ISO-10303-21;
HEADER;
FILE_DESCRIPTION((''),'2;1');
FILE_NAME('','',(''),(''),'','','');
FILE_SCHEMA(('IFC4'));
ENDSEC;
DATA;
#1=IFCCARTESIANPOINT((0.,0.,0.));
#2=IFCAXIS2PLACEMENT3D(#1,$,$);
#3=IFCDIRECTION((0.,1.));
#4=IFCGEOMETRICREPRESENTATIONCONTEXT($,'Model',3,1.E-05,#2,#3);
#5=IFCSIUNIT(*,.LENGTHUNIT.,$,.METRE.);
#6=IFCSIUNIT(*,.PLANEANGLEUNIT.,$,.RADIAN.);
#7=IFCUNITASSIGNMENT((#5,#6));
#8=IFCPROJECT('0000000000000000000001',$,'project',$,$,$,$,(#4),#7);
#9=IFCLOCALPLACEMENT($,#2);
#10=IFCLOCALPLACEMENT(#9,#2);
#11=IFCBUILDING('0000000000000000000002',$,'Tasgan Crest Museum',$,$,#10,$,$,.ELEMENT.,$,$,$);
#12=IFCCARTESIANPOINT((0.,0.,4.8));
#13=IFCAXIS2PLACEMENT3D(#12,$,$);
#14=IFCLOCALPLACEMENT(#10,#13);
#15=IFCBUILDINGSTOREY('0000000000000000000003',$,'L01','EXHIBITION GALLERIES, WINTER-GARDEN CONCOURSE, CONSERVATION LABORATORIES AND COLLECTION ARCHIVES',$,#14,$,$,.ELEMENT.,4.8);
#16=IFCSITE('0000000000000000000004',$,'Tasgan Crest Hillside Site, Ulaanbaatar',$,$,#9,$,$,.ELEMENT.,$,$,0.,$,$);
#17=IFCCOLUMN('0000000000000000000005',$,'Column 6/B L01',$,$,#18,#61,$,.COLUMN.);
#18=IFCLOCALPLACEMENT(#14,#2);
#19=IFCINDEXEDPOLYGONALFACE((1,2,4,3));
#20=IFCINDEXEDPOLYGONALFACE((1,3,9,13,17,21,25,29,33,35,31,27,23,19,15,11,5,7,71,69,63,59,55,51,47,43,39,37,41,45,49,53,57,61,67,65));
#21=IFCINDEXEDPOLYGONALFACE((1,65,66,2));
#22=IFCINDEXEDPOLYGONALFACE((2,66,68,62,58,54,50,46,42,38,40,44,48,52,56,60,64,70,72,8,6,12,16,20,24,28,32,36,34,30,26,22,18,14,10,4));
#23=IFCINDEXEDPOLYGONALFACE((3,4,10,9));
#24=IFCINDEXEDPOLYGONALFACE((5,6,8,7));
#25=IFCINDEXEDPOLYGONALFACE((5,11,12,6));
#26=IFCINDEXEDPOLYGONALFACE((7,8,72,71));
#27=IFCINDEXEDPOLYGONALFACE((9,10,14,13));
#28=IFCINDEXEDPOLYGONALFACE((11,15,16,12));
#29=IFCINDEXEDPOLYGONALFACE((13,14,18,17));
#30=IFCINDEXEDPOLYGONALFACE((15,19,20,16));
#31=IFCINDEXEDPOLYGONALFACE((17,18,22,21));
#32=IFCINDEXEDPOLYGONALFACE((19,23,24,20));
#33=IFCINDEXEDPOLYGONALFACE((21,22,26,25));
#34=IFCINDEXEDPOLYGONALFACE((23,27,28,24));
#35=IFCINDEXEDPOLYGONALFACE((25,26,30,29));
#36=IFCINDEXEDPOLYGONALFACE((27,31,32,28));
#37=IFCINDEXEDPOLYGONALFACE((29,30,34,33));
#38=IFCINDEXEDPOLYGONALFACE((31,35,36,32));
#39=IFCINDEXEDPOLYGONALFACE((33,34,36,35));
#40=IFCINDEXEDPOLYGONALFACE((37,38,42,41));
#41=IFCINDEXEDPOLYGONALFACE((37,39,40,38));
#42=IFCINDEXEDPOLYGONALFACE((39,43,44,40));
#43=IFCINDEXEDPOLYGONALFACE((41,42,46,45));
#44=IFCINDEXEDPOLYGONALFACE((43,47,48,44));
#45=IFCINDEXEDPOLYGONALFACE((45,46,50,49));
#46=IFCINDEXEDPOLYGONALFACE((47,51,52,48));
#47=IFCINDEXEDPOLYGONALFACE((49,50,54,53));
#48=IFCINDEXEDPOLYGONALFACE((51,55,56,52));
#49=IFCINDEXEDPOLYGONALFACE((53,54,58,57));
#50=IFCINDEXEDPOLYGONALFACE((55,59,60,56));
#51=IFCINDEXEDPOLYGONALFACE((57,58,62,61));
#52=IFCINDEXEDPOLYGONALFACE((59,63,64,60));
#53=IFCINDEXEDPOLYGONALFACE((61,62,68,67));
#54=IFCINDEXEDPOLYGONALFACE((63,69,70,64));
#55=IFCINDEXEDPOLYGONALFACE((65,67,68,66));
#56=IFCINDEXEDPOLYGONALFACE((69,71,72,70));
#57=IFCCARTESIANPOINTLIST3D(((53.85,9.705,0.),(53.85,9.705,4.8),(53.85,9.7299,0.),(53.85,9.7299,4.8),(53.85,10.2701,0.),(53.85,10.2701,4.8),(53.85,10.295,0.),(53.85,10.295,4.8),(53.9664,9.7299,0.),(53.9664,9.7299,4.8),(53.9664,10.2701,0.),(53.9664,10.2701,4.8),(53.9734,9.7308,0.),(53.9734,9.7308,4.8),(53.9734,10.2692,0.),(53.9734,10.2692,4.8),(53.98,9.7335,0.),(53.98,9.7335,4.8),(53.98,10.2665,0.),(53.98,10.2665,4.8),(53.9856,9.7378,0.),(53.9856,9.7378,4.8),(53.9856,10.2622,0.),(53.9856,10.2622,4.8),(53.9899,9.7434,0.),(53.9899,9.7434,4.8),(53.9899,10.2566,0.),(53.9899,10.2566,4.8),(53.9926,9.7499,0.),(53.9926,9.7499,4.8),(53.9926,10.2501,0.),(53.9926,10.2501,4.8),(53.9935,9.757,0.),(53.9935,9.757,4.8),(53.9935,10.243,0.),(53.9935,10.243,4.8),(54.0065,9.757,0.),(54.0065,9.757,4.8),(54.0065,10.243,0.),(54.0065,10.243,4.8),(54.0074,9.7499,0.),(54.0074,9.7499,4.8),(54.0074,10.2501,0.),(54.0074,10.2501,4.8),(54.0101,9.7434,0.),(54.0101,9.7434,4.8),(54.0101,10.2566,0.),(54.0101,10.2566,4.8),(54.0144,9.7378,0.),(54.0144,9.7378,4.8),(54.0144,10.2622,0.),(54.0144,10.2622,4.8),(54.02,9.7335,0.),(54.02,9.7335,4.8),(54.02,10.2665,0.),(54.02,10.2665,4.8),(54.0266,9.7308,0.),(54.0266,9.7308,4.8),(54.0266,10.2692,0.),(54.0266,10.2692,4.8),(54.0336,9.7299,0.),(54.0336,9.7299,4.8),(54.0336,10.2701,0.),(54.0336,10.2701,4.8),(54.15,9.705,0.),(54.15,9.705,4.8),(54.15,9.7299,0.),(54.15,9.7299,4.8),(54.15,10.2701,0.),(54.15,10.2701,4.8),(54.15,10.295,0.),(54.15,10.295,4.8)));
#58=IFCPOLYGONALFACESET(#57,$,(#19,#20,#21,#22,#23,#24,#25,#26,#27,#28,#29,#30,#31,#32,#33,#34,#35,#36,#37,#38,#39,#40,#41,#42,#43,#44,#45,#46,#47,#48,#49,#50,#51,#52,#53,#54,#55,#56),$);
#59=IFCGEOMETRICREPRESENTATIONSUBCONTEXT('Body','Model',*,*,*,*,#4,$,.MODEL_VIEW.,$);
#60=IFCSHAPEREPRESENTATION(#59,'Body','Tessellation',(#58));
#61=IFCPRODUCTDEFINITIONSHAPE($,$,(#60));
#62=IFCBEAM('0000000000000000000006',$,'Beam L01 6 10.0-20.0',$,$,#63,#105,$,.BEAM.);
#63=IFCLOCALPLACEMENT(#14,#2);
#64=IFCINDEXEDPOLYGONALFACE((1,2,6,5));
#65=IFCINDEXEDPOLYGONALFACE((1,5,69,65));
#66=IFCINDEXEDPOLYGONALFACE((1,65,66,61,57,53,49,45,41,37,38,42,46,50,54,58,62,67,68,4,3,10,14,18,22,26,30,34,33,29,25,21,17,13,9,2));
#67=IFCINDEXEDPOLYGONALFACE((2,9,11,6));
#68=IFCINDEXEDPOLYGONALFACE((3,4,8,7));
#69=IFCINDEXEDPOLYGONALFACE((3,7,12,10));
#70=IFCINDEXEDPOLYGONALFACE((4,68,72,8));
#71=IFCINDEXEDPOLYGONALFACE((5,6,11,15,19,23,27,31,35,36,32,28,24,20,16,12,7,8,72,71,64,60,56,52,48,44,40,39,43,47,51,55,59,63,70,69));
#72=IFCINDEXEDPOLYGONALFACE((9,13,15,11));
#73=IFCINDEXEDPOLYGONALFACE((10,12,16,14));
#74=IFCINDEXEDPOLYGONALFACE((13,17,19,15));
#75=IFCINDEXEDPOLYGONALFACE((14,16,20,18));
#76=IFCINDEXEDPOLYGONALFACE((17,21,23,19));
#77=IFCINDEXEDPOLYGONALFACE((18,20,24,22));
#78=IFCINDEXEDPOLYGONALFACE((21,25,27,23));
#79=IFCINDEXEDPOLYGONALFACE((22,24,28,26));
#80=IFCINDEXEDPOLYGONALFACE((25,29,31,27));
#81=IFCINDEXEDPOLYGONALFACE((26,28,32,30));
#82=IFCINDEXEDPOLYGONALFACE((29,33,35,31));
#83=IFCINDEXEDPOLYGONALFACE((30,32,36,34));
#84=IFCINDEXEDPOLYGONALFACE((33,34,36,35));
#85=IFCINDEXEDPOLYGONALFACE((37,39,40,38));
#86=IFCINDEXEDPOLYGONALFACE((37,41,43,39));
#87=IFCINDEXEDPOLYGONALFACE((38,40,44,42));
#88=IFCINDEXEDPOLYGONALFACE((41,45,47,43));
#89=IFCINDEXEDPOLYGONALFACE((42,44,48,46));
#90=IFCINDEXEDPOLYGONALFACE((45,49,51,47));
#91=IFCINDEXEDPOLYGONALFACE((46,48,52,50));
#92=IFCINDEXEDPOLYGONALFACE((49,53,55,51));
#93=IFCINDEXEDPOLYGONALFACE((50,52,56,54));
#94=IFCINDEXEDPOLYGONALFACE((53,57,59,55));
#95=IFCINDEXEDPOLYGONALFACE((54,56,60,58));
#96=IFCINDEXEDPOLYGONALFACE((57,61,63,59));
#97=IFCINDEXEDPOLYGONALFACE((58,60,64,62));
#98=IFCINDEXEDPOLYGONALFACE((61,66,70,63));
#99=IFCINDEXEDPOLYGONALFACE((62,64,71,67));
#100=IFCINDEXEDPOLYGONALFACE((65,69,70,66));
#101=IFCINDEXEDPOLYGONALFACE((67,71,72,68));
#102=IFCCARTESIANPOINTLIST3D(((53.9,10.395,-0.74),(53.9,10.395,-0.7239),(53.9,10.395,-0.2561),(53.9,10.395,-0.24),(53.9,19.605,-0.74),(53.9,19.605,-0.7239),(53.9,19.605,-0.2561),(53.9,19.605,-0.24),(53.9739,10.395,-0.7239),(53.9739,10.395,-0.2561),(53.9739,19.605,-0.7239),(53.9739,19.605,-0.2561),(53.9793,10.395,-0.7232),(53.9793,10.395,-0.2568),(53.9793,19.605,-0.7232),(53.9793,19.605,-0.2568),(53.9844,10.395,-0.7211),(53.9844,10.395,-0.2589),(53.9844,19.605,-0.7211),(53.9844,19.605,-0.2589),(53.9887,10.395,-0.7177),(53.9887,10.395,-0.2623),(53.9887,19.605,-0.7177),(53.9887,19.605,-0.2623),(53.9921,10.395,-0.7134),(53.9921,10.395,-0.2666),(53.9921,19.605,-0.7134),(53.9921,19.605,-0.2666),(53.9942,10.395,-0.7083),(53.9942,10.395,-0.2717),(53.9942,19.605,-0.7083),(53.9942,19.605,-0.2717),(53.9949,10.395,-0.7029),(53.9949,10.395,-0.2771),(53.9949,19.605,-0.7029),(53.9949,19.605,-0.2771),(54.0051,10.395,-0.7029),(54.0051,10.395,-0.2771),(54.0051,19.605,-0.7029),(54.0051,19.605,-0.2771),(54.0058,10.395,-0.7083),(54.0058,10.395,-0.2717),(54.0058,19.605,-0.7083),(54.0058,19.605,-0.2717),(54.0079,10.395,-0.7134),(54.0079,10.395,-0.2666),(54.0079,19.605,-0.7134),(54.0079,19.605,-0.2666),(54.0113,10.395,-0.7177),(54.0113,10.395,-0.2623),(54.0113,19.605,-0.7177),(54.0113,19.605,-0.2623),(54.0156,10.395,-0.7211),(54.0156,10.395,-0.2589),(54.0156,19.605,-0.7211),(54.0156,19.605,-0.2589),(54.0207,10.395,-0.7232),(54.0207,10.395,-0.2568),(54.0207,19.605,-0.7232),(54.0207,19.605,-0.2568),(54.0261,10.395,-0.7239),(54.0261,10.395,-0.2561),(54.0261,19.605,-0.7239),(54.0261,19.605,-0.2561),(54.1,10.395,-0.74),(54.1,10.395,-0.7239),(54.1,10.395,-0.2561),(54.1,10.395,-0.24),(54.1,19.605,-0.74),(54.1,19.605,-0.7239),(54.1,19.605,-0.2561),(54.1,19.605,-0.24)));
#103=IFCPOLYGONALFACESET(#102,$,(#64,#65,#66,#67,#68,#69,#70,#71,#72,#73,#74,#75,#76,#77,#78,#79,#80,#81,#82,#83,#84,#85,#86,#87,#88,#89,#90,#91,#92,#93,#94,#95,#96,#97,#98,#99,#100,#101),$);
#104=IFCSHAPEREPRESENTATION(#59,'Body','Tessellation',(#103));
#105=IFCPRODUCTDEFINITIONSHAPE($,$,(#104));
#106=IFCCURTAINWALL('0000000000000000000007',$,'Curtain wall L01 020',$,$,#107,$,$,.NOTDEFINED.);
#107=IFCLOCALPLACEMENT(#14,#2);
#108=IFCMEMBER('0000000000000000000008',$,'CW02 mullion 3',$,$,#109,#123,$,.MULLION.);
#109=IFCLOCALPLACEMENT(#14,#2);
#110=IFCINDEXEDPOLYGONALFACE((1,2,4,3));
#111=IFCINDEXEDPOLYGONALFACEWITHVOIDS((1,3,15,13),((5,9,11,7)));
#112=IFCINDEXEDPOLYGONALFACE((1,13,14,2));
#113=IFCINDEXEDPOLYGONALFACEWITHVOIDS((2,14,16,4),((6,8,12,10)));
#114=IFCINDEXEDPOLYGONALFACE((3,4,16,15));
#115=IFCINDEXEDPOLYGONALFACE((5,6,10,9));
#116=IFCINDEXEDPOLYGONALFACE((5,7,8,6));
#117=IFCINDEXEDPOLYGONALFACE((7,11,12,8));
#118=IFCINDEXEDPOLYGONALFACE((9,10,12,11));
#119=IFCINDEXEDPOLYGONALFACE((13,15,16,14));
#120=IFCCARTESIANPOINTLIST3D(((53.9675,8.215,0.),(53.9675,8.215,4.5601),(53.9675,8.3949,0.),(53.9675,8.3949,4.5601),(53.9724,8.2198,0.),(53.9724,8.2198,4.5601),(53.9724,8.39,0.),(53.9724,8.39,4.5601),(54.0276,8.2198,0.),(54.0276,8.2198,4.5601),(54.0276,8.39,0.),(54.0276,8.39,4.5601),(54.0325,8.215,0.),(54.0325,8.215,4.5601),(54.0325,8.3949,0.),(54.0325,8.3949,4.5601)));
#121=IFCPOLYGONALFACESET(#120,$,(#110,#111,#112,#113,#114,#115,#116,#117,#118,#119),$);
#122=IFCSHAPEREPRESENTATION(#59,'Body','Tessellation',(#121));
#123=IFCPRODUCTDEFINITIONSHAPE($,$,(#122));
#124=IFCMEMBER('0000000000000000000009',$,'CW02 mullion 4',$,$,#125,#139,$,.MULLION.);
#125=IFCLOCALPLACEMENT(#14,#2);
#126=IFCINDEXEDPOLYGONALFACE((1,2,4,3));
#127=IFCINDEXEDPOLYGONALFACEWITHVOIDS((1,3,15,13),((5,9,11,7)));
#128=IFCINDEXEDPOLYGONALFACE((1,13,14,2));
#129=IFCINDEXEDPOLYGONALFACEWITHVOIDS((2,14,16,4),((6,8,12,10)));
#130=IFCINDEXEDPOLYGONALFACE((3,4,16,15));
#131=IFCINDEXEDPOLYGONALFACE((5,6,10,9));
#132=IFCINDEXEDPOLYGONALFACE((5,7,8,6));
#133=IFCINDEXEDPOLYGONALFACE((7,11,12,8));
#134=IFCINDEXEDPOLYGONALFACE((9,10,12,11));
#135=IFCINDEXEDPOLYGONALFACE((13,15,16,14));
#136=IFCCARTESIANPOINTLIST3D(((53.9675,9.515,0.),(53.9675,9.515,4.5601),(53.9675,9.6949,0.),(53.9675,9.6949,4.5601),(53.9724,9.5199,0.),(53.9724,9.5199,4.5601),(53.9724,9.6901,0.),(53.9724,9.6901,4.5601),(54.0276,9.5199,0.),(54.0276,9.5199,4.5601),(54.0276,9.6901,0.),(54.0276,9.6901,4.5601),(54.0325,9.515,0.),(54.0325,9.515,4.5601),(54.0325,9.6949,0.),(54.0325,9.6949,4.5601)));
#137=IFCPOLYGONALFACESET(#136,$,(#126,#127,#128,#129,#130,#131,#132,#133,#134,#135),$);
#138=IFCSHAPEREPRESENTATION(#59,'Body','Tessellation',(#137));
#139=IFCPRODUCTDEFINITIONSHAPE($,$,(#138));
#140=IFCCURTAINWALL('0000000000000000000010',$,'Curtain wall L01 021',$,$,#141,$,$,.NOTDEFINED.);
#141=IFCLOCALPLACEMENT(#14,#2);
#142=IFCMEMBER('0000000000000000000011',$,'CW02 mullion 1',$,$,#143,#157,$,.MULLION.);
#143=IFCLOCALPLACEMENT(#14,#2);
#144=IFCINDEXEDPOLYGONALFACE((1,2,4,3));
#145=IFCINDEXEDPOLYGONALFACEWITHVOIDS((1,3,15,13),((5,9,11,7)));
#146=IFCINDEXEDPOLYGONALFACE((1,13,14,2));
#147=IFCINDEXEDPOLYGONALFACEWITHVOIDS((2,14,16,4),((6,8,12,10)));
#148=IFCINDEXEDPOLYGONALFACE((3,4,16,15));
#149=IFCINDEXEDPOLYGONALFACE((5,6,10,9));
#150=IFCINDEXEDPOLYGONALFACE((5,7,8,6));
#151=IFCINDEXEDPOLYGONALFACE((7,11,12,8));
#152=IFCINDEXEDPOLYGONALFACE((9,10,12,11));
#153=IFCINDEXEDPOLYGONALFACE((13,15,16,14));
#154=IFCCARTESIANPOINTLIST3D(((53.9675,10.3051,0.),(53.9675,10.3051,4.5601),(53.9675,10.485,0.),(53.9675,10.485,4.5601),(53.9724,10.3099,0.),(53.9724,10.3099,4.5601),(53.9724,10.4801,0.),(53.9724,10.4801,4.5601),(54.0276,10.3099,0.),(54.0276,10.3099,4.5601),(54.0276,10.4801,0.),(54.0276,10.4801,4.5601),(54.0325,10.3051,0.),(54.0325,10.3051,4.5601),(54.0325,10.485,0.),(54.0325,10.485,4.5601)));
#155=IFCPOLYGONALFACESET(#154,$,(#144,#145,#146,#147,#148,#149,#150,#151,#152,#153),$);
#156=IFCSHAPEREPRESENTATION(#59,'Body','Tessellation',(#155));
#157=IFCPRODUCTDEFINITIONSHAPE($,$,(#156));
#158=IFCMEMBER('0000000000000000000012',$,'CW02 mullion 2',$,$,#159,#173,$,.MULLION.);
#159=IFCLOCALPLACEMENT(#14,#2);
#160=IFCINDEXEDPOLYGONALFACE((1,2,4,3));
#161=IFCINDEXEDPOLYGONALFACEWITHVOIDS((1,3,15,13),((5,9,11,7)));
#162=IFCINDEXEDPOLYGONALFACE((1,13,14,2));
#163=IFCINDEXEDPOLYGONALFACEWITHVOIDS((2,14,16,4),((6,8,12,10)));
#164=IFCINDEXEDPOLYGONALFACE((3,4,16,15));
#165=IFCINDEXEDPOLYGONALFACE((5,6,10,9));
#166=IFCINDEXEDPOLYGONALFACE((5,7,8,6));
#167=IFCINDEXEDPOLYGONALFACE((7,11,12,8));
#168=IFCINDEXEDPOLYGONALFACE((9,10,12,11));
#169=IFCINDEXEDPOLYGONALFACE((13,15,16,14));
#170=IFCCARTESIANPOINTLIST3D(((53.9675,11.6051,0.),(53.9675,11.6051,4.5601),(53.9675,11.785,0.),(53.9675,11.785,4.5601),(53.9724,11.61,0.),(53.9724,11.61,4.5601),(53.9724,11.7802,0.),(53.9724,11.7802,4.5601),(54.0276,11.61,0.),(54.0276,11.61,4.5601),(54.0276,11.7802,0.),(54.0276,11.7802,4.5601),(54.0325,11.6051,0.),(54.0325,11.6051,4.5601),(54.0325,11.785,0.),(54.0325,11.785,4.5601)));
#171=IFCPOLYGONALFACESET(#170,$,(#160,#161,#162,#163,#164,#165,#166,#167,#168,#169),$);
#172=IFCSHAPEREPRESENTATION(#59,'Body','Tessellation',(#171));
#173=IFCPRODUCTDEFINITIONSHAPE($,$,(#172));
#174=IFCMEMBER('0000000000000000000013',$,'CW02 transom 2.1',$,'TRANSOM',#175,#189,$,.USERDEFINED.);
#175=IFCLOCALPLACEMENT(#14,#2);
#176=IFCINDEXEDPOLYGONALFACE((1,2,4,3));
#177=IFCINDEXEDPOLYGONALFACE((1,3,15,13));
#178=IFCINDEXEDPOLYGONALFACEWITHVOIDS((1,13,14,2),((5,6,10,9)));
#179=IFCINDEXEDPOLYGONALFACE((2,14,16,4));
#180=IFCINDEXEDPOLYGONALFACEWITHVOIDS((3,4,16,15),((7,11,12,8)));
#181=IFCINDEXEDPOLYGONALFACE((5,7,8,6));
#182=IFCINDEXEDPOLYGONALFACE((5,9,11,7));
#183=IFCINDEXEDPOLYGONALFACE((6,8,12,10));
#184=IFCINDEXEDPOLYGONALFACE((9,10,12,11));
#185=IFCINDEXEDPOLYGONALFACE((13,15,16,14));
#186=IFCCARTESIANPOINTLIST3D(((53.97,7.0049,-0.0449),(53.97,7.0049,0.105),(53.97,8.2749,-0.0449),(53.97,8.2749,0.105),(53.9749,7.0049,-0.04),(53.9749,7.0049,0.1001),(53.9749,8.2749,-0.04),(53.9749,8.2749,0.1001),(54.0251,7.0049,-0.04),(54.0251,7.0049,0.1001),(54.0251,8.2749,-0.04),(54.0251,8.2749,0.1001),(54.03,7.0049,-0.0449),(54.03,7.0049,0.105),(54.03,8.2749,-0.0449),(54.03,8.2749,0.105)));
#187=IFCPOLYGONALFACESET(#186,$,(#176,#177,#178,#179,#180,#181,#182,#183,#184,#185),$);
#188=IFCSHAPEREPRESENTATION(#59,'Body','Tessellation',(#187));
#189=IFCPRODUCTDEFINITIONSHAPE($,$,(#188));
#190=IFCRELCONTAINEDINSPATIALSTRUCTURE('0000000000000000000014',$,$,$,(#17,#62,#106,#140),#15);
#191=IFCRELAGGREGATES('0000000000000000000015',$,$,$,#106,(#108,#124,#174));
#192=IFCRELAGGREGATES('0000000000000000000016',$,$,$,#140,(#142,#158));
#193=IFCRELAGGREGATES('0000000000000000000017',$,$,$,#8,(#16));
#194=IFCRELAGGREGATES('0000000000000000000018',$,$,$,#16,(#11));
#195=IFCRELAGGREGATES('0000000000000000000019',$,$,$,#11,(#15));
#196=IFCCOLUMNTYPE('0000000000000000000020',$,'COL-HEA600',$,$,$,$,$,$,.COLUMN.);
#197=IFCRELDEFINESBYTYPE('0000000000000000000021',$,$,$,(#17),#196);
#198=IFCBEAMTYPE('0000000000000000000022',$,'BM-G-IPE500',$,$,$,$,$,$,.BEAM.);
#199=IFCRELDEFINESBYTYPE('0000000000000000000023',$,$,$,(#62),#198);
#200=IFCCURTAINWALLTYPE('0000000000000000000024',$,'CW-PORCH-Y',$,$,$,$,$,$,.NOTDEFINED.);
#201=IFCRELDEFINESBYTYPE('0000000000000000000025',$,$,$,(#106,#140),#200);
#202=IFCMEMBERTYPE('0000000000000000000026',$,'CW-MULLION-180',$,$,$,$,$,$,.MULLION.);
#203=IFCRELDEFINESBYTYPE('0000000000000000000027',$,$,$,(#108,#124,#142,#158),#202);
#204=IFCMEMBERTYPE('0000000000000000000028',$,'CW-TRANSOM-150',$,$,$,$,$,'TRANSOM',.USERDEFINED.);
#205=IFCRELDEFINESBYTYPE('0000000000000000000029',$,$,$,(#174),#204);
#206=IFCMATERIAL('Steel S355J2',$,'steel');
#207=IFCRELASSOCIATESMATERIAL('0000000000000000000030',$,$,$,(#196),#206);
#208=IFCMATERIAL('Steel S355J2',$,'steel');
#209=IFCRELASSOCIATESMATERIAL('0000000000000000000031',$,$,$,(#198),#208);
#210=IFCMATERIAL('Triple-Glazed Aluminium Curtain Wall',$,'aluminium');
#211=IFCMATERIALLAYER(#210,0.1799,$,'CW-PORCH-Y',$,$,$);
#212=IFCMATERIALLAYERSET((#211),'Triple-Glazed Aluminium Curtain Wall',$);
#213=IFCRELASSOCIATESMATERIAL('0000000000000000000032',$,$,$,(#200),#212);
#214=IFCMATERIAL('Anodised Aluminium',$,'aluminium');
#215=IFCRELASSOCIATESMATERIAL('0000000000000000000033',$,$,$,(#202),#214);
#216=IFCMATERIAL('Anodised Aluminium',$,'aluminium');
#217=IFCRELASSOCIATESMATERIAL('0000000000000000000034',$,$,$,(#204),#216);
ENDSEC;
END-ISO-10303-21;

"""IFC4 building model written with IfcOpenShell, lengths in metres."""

from ifc_helpers import new_model, si_unit, direction, frame, origin, origin_2d, place, context, subcontext, project, spatial, hollow_rectangle, i_section, extrude, material, layer, layer_set, material_profile, profile_set, type_object, element, aggregate, save


model = new_model("IFC4")

# Units and contexts
model_context = context("Model", 3, precision=1e-05, world=origin(), true_north=direction((0.0, 1.0)))
body_context = subcontext(model_context, "Body", "Model", "MODEL_VIEW")
ifc_project = project(units=[si_unit("LENGTHUNIT", "METRE"), si_unit("PLANEANGLEUNIT", "RADIAN")], contexts=[model_context])

# Site, building, storey
site_placement = place(None, origin())
site = spatial("IfcSite", under=ifc_project, at=site_placement, Name="Tasgan Crest Hillside Site, Ulaanbaatar", CompositionType="ELEMENT", RefElevation=0.0)
building_placement = place(site_placement, origin())
building = spatial("IfcBuilding", under=site, at=building_placement, Name="Tasgan Crest Museum", CompositionType="ELEMENT")
storey_placement = place(building_placement, frame((0.0, 0.0, 4.8)))
storey = spatial("IfcBuildingStorey", under=building, at=storey_placement, Name="L01", Description="EXHIBITION GALLERIES, WINTER-GARDEN CONCOURSE, CONSERVATION LABORATORIES AND COLLECTION ARCHIVES", CompositionType="ELEMENT", Elevation=4.8)

# Column
ifc_material_1 = material(Name="Steel S355J2", Category="steel")
ifc_material_profile_1 = material_profile(ifc_material_1, i_section(OverallWidth=0.3, OverallDepth=0.5901, WebThickness=0.0129, FlangeThickness=0.0249, FilletRadius=0.0271, at=origin_2d()), Name="HEA 600")
ifc_profile_set_1 = profile_set([ifc_material_profile_1], Name="Steel S355J2")
column_type = type_object("IfcColumnType", Name="COL-HEA600", PredefinedType="COLUMN", material=ifc_profile_set_1)
column_placement = place(storey_placement, frame((54.0, 10.0, 0.0), z_axis=(0.0, 0.0, 1.0), x_axis=(1.0, 0.0, 0.0)))
element("IfcColumn", 1, at=column_placement, inside=storey, type_object=column_type, Name="Column 6/B L01", PredefinedType="COLUMN", context=body_context, shape_type="SweptSolid", body=[
    extrude(i_section(OverallWidth=0.3, OverallDepth=0.5901, WebThickness=0.0129, FlangeThickness=0.0249, FilletRadius=0.0271, at=origin_2d()), origin(), (0.0, 0.0, 1.0), 4.8),
])

# Beam
ifc_material_2 = material(Name="Steel S355J2", Category="steel")
ifc_material_profile_2 = material_profile(ifc_material_2, i_section(OverallWidth=0.2, OverallDepth=0.5, WebThickness=0.0103, FlangeThickness=0.0161, FilletRadius=0.021, at=origin_2d()), Name="IPE 500")
ifc_profile_set_2 = profile_set([ifc_material_profile_2], Name="Steel S355J2")
beam_type = type_object("IfcBeamType", Name="BM-G-IPE500", PredefinedType="BEAM", material=ifc_profile_set_2)
beam_placement = place(storey_placement, frame((54.0, 10.395, -0.49), z_axis=(0.0, 1.0, 0.0), x_axis=(-1.0, 0.0, 0.0)))
element("IfcBeam", 2, at=beam_placement, inside=storey, type_object=beam_type, Name="Beam L01 6 10.0-20.0", PredefinedType="BEAM", context=body_context, shape_type="SweptSolid", body=[
    extrude(i_section(OverallWidth=0.2, OverallDepth=0.5, WebThickness=0.0103, FlangeThickness=0.0161, FilletRadius=0.021, at=origin_2d()), origin(), (0.0, 0.0, 1.0), 9.21),
])

# Curtain walls, members
ifc_material_3 = material(Name="Triple-Glazed Aluminium Curtain Wall", Category="aluminium")
ifc_layer_1 = layer(ifc_material_3, 0.1799, Name="CW-PORCH-Y")
ifc_layer_set_1 = layer_set([ifc_layer_1], Name="Triple-Glazed Aluminium Curtain Wall")
curtain_wall_type = type_object("IfcCurtainWallType", Name="CW-PORCH-Y", PredefinedType="NOTDEFINED", material=ifc_layer_set_1)
curtain_wall_1_placement = place(storey_placement, origin())
curtain_wall_1 = element("IfcCurtainWall", 3, at=curtain_wall_1_placement, inside=storey, type_object=curtain_wall_type, Name="Curtain wall L01 020", PredefinedType="NOTDEFINED")
ifc_material_4 = material(Name="Anodised Aluminium", Category="aluminium")
ifc_material_profile_3 = material_profile(ifc_material_4, hollow_rectangle(XDim=0.0649, YDim=0.1799, WallThickness=0.0049, at=origin_2d()), Name="ALU MULLION 180x65x5")
ifc_profile_set_3 = profile_set([ifc_material_profile_3], Name="Anodised Aluminium")
member_type_1 = type_object("IfcMemberType", Name="CW-MULLION-180", PredefinedType="MULLION", material=ifc_profile_set_3)
member_1_placement = place(storey_placement, frame((54.0, 8.3049, 0.0), z_axis=(0.0, 0.0, 1.0), x_axis=(-1.0, 0.0, 0.0)))
member_1 = element("IfcMember", 4, at=member_1_placement, type_object=member_type_1, Name="CW02 mullion 3", PredefinedType="MULLION", context=body_context, shape_type="SweptSolid", body=[
    extrude(hollow_rectangle(XDim=0.0649, YDim=0.1799, WallThickness=0.0049, at=origin_2d()), origin(), (0.0, 0.0, 1.0), 4.5601),
])
member_2_placement = place(storey_placement, frame((54.0, 9.605, 0.0), z_axis=(0.0, 0.0, 1.0), x_axis=(-1.0, 0.0, 0.0)))
member_2 = element("IfcMember", 5, at=member_2_placement, type_object=member_type_1, Name="CW02 mullion 4", PredefinedType="MULLION", context=body_context, shape_type="SweptSolid", body=[
    extrude(hollow_rectangle(XDim=0.0649, YDim=0.1799, WallThickness=0.0049, at=origin_2d()), origin(), (0.0, 0.0, 1.0), 4.5601),
])
curtain_wall_2_placement = place(storey_placement, origin())
curtain_wall_2 = element("IfcCurtainWall", 6, at=curtain_wall_2_placement, inside=storey, type_object=curtain_wall_type, Name="Curtain wall L01 021", PredefinedType="NOTDEFINED")
member_3_placement = place(storey_placement, frame((54.0, 10.395, 0.0), z_axis=(0.0, 0.0, 1.0), x_axis=(-1.0, 0.0, 0.0)))
member_3 = element("IfcMember", 7, at=member_3_placement, type_object=member_type_1, Name="CW02 mullion 1", PredefinedType="MULLION", context=body_context, shape_type="SweptSolid", body=[
    extrude(hollow_rectangle(XDim=0.0649, YDim=0.1799, WallThickness=0.0049, at=origin_2d()), origin(), (0.0, 0.0, 1.0), 4.5601),
])
member_4_placement = place(storey_placement, frame((54.0, 11.6951, 0.0), z_axis=(0.0, 0.0, 1.0), x_axis=(-1.0, 0.0, 0.0)))
member_4 = element("IfcMember", 8, at=member_4_placement, type_object=member_type_1, Name="CW02 mullion 2", PredefinedType="MULLION", context=body_context, shape_type="SweptSolid", body=[
    extrude(hollow_rectangle(XDim=0.0649, YDim=0.1799, WallThickness=0.0049, at=origin_2d()), origin(), (0.0, 0.0, 1.0), 4.5601),
])

# Member
ifc_material_5 = material(Name="Anodised Aluminium", Category="aluminium")
ifc_material_profile_4 = material_profile(ifc_material_5, hollow_rectangle(XDim=0.0601, YDim=0.1499, WallThickness=0.0049, at=origin_2d()), Name="ALU TRANSOM 150x60x5")
ifc_profile_set_4 = profile_set([ifc_material_profile_4], Name="Anodised Aluminium")
member_type_2 = type_object("IfcMemberType", Name="CW-TRANSOM-150", ElementType="TRANSOM", PredefinedType="USERDEFINED", material=ifc_profile_set_4)
member_5_placement = place(storey_placement, frame((54.0, 7.0049, 0.03), z_axis=(0.0, 1.0, 0.0), x_axis=(-1.0, 0.0, 0.0)))
member_5 = element("IfcMember", 9, at=member_5_placement, type_object=member_type_2, Name="CW02 transom 2.1", ObjectType="TRANSOM", PredefinedType="USERDEFINED", context=body_context, shape_type="SweptSolid", body=[
    extrude(hollow_rectangle(XDim=0.0601, YDim=0.1499, WallThickness=0.0049, at=origin_2d()), origin(), (0.0, 0.0, 1.0), 1.27),
])

aggregate(curtain_wall_1, [member_1, member_2, member_5])
aggregate(curtain_wall_2, [member_3, member_4])

save(model, "model.ifc")
